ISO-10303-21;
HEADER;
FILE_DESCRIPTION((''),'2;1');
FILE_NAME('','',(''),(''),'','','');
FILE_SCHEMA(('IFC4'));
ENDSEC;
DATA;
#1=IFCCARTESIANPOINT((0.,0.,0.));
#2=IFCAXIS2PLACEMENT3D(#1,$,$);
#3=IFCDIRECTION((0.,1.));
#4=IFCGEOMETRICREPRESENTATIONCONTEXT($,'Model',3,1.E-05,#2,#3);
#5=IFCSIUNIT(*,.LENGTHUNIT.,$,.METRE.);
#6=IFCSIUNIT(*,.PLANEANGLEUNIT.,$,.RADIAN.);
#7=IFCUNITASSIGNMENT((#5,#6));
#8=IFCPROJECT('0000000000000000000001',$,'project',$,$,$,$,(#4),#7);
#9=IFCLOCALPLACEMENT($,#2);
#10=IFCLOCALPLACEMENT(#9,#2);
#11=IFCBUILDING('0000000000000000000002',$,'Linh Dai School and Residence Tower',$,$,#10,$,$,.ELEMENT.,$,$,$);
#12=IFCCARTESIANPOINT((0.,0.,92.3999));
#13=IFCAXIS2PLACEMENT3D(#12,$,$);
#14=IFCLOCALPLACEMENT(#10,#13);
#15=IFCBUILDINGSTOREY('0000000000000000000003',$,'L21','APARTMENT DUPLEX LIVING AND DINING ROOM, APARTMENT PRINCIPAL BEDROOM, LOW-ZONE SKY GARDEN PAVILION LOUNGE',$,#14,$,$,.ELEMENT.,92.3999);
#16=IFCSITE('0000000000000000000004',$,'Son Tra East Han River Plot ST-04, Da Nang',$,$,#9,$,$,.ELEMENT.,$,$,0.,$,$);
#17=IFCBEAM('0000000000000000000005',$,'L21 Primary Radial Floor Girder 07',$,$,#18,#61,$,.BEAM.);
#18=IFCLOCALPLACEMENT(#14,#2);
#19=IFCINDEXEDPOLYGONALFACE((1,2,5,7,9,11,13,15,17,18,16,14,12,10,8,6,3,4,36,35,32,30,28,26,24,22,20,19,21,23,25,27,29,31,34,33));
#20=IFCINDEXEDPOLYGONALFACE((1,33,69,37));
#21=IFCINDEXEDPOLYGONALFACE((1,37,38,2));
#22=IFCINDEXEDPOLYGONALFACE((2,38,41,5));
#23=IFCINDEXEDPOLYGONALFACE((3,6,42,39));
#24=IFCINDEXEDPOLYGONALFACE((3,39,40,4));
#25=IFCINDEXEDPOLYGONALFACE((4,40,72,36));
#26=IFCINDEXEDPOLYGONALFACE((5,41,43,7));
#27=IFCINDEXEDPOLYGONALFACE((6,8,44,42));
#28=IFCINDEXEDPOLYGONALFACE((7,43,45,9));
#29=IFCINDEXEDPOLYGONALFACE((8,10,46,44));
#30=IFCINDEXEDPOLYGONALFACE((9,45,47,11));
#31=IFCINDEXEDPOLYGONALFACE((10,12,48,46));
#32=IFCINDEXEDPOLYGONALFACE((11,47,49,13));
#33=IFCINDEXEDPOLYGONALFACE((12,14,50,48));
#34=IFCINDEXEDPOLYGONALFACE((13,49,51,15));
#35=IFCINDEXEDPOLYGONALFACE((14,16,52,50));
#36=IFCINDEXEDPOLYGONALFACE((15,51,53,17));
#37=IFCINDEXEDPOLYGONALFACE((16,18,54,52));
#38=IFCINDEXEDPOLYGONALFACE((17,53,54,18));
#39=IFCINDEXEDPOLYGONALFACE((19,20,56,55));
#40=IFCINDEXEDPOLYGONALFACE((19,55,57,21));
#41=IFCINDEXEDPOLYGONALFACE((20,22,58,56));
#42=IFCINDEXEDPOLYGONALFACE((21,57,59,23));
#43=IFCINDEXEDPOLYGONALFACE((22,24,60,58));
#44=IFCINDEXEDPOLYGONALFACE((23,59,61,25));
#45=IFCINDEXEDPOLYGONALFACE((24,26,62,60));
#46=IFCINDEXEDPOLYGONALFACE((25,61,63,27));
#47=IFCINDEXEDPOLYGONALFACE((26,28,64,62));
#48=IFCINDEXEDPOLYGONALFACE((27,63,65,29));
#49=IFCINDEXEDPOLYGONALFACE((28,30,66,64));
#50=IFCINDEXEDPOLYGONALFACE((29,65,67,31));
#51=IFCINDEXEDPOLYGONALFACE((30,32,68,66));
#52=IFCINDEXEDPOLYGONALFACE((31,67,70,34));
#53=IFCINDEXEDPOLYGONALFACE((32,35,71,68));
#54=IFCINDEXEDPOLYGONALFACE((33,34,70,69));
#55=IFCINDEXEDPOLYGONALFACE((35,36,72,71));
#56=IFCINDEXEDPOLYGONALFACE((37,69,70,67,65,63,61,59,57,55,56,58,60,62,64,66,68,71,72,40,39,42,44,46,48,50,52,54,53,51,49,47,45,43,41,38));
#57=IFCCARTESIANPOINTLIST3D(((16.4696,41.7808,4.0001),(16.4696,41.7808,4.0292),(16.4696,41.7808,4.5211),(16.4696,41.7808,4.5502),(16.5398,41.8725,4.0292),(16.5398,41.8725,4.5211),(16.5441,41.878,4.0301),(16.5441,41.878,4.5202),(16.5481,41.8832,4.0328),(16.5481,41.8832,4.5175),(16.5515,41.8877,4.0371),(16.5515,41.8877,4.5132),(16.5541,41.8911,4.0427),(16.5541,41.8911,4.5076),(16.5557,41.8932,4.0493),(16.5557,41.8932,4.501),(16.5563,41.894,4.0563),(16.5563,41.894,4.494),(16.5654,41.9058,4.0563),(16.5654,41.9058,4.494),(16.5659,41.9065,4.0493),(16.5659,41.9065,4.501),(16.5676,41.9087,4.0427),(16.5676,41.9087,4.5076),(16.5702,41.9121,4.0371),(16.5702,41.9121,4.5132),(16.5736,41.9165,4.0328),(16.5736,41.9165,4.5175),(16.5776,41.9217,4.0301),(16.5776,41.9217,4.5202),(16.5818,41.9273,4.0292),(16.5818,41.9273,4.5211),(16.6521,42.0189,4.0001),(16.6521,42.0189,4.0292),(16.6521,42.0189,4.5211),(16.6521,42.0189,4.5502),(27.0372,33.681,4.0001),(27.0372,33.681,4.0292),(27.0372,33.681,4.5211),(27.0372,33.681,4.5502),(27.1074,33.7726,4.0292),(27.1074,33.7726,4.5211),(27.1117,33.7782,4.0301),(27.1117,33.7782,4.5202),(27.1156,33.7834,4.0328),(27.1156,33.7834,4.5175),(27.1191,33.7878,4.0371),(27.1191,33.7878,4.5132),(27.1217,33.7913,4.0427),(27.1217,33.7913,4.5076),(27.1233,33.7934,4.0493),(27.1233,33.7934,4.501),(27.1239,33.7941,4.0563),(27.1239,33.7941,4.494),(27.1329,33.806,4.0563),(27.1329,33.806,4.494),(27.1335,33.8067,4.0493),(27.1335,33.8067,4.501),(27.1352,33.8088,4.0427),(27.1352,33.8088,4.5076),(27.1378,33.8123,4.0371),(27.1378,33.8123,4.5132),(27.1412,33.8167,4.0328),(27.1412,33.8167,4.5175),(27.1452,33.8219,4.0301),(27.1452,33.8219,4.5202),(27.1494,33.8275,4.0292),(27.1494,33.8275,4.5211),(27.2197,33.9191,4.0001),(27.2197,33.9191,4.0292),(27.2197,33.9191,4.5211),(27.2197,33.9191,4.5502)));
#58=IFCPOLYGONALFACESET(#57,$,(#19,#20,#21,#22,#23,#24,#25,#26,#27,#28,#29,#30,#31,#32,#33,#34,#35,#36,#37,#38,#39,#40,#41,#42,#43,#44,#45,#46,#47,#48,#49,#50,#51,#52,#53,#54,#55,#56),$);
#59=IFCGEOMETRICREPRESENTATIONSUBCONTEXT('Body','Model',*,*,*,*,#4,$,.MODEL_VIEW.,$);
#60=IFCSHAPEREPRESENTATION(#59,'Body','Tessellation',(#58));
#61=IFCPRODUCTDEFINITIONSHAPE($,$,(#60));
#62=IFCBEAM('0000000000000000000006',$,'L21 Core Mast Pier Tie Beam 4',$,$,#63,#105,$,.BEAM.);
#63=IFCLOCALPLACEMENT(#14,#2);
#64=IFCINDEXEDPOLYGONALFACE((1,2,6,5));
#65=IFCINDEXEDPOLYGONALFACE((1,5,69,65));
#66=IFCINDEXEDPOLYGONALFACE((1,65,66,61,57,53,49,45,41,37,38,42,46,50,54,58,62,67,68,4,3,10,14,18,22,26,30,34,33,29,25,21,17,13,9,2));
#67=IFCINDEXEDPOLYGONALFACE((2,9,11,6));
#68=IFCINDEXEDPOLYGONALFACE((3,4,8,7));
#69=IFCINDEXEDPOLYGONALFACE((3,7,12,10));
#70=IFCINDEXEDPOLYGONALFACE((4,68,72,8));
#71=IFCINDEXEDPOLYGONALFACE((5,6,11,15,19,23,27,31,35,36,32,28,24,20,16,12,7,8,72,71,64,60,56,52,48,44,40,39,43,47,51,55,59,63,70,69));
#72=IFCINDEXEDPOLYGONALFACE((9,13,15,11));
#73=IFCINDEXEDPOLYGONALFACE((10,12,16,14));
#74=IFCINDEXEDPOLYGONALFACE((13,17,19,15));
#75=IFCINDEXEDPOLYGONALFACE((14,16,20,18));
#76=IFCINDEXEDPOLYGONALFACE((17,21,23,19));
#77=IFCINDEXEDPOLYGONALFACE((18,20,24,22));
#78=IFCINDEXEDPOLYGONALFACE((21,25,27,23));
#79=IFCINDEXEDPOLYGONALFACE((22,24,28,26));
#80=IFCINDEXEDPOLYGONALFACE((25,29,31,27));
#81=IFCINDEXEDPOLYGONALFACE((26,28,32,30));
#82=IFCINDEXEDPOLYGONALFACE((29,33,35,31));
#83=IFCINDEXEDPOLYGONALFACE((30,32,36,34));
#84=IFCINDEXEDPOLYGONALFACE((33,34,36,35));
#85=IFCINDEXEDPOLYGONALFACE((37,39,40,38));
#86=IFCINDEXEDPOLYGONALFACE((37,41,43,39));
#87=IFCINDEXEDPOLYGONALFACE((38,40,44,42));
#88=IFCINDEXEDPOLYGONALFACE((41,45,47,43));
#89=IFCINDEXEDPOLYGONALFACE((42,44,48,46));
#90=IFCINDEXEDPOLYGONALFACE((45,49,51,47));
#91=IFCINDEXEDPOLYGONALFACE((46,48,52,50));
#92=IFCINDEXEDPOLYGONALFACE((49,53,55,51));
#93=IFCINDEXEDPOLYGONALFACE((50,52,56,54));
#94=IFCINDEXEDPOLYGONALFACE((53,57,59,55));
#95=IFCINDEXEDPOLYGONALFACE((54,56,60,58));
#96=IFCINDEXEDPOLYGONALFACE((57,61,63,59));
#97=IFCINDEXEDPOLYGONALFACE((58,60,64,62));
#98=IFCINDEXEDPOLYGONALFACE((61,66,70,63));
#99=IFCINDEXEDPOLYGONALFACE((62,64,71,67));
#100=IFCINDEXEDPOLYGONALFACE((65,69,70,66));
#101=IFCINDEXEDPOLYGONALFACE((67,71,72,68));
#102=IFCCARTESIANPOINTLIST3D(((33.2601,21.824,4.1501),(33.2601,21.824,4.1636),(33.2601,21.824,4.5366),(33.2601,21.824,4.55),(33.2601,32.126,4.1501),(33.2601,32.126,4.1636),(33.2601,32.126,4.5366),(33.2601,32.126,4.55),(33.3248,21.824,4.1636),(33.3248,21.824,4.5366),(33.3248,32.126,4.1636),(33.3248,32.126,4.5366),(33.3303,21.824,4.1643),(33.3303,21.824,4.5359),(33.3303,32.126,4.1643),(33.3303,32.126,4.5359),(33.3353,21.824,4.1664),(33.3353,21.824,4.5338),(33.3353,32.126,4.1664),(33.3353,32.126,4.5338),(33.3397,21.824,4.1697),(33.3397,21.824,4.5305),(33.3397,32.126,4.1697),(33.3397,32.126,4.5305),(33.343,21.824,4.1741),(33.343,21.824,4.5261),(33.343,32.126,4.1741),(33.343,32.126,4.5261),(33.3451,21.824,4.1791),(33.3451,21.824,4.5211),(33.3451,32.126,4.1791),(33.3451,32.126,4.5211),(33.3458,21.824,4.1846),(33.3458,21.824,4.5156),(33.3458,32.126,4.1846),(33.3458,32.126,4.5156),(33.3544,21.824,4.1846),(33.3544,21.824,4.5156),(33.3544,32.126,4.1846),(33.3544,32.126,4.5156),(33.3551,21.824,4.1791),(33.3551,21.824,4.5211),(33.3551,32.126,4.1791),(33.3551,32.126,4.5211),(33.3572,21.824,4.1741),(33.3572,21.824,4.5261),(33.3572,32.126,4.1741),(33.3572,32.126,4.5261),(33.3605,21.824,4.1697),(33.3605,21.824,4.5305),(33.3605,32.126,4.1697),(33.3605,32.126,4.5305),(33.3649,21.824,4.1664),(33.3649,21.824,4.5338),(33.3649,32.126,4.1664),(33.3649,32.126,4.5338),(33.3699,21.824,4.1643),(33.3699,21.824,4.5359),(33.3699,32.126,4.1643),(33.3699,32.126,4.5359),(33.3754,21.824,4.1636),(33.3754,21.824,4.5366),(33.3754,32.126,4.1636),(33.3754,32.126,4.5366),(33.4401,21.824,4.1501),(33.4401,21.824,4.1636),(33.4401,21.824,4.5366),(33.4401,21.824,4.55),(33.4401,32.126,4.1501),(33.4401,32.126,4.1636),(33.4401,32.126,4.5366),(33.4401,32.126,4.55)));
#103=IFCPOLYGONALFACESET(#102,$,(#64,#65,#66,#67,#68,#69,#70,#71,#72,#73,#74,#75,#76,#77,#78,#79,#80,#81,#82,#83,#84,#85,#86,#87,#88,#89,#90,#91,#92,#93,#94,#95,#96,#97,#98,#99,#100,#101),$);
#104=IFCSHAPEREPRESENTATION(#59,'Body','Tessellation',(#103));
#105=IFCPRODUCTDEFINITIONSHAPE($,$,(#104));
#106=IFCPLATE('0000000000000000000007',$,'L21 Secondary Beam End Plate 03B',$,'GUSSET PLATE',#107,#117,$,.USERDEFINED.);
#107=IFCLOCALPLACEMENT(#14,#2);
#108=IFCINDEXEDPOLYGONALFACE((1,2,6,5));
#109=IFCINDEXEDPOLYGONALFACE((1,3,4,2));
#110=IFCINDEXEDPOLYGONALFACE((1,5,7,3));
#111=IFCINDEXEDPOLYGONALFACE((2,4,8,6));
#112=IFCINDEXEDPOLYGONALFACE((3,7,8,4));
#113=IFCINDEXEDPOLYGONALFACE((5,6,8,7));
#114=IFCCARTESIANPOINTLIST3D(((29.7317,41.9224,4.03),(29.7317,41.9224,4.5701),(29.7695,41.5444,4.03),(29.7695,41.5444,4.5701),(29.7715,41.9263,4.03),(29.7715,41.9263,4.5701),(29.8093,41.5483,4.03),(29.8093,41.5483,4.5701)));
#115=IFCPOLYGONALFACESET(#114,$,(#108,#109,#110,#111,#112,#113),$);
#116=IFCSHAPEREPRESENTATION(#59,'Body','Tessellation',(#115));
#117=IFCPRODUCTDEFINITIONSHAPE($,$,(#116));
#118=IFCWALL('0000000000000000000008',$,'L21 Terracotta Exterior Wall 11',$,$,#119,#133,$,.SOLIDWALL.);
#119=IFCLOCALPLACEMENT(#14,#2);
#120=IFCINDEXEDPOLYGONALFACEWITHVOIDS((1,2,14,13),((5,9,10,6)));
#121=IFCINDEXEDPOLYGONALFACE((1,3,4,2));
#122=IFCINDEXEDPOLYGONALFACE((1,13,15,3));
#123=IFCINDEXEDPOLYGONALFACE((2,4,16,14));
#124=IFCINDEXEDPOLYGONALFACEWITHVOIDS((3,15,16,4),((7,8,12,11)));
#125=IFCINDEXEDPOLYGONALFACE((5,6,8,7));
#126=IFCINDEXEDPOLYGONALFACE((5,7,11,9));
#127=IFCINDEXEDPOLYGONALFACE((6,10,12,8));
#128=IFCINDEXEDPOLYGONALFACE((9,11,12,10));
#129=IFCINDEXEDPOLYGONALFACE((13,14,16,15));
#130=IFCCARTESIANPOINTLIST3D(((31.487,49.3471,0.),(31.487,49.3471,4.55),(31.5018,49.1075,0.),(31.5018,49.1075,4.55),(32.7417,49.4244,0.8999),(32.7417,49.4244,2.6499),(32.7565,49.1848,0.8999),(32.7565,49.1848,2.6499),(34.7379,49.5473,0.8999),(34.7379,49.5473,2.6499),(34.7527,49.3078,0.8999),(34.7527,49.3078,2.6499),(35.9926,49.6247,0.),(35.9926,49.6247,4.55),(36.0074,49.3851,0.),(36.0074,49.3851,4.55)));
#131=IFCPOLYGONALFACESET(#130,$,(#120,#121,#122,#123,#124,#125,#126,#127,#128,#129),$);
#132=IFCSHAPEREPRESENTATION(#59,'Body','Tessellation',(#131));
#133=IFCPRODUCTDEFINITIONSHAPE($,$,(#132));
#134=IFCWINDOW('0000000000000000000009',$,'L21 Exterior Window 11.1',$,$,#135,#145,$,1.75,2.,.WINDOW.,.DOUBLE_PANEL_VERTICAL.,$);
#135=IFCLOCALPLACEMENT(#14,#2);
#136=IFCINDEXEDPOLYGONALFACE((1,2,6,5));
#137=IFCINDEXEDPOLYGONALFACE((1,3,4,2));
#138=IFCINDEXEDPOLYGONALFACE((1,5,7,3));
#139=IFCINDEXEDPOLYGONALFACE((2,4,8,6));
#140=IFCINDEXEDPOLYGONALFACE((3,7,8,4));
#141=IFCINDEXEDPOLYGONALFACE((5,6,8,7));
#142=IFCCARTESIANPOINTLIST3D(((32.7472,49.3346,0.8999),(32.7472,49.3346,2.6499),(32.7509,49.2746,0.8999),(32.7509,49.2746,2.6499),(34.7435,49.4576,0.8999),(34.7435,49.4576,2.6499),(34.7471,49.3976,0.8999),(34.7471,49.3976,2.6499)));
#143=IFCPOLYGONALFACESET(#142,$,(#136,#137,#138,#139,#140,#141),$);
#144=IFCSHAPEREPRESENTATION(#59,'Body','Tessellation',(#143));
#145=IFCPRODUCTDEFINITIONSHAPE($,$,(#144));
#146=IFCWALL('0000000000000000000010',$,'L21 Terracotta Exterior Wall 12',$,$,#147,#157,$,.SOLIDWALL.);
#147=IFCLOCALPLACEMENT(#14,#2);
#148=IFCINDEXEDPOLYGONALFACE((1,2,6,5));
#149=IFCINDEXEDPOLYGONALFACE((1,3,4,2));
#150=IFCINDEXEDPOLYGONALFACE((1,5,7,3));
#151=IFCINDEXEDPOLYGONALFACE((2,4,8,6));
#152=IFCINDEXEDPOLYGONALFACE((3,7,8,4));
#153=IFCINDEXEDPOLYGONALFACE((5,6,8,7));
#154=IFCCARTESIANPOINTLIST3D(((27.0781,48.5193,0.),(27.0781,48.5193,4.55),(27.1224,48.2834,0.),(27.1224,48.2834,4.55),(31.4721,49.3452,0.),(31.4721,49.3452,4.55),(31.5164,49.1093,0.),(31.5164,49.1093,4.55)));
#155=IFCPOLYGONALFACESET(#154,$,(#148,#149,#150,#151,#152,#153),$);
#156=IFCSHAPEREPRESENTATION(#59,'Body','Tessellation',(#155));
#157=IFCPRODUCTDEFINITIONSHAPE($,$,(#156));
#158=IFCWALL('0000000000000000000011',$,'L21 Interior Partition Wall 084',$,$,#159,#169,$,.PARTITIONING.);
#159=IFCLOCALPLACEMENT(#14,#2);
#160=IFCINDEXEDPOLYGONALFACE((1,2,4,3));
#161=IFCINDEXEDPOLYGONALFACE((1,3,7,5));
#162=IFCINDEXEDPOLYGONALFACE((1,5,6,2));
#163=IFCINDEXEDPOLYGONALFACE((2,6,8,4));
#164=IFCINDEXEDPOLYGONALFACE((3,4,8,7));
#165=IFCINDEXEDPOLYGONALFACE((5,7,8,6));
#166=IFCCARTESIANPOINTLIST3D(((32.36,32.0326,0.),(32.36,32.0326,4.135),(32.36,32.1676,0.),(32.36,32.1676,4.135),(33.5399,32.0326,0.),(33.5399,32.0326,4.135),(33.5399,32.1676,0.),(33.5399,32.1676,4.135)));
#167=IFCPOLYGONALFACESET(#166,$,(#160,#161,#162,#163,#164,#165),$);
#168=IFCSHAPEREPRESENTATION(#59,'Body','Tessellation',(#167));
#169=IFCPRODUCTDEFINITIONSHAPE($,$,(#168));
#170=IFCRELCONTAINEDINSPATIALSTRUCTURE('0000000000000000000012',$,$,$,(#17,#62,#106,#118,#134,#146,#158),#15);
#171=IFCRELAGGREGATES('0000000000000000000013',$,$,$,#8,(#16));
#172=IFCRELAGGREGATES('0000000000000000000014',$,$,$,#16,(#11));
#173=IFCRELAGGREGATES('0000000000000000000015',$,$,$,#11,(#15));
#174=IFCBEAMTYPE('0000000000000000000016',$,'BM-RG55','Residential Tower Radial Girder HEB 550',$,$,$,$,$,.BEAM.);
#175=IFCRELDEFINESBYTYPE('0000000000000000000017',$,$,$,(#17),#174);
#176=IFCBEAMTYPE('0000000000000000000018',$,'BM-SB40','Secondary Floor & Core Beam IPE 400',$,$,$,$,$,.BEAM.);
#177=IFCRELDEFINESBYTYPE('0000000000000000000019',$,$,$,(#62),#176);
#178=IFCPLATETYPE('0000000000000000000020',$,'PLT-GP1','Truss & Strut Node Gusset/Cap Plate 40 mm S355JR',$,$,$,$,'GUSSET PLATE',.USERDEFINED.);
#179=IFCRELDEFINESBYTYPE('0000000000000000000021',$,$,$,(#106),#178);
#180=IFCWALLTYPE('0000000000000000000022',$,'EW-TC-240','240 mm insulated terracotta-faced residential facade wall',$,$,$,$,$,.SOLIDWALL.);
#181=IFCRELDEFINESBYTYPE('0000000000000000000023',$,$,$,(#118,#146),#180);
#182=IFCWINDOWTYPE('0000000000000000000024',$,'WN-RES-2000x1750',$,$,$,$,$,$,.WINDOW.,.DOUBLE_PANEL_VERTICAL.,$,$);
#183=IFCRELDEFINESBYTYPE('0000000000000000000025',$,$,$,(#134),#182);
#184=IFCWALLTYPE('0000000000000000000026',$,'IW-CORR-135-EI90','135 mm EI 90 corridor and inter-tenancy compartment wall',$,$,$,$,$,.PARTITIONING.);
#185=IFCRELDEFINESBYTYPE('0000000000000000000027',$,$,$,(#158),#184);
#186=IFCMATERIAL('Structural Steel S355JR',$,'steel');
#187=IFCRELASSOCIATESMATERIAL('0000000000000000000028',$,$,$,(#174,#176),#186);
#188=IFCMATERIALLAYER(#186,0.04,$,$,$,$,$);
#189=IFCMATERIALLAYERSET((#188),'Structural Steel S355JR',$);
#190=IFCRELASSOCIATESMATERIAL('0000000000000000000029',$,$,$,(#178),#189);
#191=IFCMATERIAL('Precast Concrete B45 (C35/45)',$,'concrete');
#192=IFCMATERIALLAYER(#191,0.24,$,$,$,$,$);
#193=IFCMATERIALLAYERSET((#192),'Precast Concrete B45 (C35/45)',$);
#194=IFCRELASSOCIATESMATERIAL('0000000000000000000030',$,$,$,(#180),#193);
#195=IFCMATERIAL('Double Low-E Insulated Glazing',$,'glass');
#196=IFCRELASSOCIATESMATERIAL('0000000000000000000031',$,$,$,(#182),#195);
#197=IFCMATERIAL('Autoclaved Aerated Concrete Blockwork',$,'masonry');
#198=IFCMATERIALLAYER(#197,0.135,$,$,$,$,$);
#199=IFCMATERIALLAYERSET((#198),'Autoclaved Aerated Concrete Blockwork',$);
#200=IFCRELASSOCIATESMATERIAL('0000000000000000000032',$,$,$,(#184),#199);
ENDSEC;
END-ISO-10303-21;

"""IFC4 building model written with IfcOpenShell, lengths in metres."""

from ifc_helpers import new_model, si_unit, direction, frame, frame_2d, origin, origin_2d, place, context, subcontext, project, spatial, rectangle, i_section, extrude, source, transform, mapped, material, layer, layer_set, material_profile, profile_set, type_object, element, fill, save


model = new_model("IFC4")

# Units and contexts
model_context = context("Model", 3, precision=1e-05, world=origin(), true_north=direction((0.0, 1.0)))
body_context = subcontext(model_context, "Body", "Model", "MODEL_VIEW")
ifc_project = project(units=[si_unit("LENGTHUNIT", "METRE"), si_unit("PLANEANGLEUNIT", "RADIAN")], contexts=[model_context])

# Site, building, storey
site_placement = place(None, origin())
site = spatial("IfcSite", under=ifc_project, at=site_placement, Name="Son Tra East Han River Plot ST-04, Da Nang", CompositionType="ELEMENT", RefElevation=0.0)
building_placement = place(site_placement, origin())
building = spatial("IfcBuilding", under=site, at=building_placement, Name="Linh Dai School and Residence Tower", CompositionType="ELEMENT")
storey_placement = place(building_placement, frame((0.0, 0.0, 92.3999)))
storey = spatial("IfcBuildingStorey", under=building, at=storey_placement, Name="L21", Description="APARTMENT DUPLEX LIVING AND DINING ROOM, APARTMENT PRINCIPAL BEDROOM, LOW-ZONE SKY GARDEN PAVILION LOUNGE", CompositionType="ELEMENT", Elevation=92.3999)

# Shared definitions
ifc_material_1 = material(Name="Structural Steel S355JR", Category="steel")

# Beams
ifc_material_profile_1 = material_profile(ifc_material_1, i_section(OverallWidth=0.3, OverallDepth=0.55, WebThickness=0.0149, FlangeThickness=0.0291, FilletRadius=0.0271, at=origin_2d()), Name="HEB 550")
ifc_profile_set_1 = profile_set([ifc_material_profile_1], Name="Structural Steel S355JR")
beam_type_1 = type_object("IfcBeamType", Name="BM-RG55", Description="Residential Tower Radial Girder HEB 550", PredefinedType="BEAM", material=ifc_profile_set_1)
beam_1_placement = place(storey_placement, frame((27.1284, 33.8, 4.2751), z_axis=(-0.793679, 0.608337, 0.0), x_axis=(-0.608337, -0.793679, 0.0)))
element("IfcBeam", 1, at=beam_1_placement, inside=storey, type_object=beam_type_1, Name="L21 Primary Radial Floor Girder 07", PredefinedType="BEAM", context=body_context, shape_type="SweptSolid", body=[
    extrude(i_section(OverallWidth=0.3, OverallDepth=0.55, WebThickness=0.0149, FlangeThickness=0.0291, FilletRadius=0.0271, at=origin_2d()), origin(), (0.0, 0.0, 1.0), 13.3147),
])
ifc_material_profile_2 = material_profile(ifc_material_1, i_section(OverallWidth=0.1799, OverallDepth=0.3999, WebThickness=0.0085, FlangeThickness=0.0134, FilletRadius=0.021, at=origin_2d()), Name="IPE 400")
ifc_profile_set_2 = profile_set([ifc_material_profile_2], Name="Structural Steel S355JR")
beam_type_2 = type_object("IfcBeamType", Name="BM-SB40", Description="Secondary Floor & Core Beam IPE 400", PredefinedType="BEAM", material=ifc_profile_set_2)
beam_2_placement = place(storey_placement, frame((33.3501, 32.126, 4.3501), z_axis=(0.0, -1.0, 0.0), x_axis=(1.0, 0.0, 0.0)))
element("IfcBeam", 2, at=beam_2_placement, inside=storey, type_object=beam_type_2, Name="L21 Core Mast Pier Tie Beam 4", PredefinedType="BEAM", context=body_context, shape_type="SweptSolid", body=[
    extrude(i_section(OverallWidth=0.1799, OverallDepth=0.3999, WebThickness=0.0085, FlangeThickness=0.0134, FilletRadius=0.021, at=origin_2d()), origin(), (0.0, 0.0, 1.0), 10.302),
])

# Plate
ifc_layer_1 = layer(ifc_material_1, 0.04)
ifc_layer_set_1 = layer_set([ifc_layer_1], Name="Structural Steel S355JR")
plate_type = type_object("IfcPlateType", Name="PLT-GP1", Description="Truss & Strut Node Gusset/Cap Plate 40 mm S355JR", ElementType="GUSSET PLATE", PredefinedType="USERDEFINED", material=ifc_layer_set_1)
shared_shape_1 = source(origin(), body_context, "Body", "SweptSolid", [
    extrude(rectangle(XDim=0.04, YDim=0.3799, at=origin_2d()), origin(), (0.0, 0.0, 1.0), 0.54),
])
plate_placement = place(storey_placement, frame((29.7705, 41.7354, 4.03), z_axis=(0.0, 0.0, 1.0), x_axis=(-0.995042, -0.099458, 0.0)))
element("IfcPlate", 3, at=plate_placement, inside=storey, type_object=plate_type, Name="L21 Secondary Beam End Plate 03B", ObjectType="GUSSET PLATE", PredefinedType="USERDEFINED", context=body_context, shape_type="MappedRepresentation", body=[
    mapped(shared_shape_1, transform((0.0, 0.0, 0.0), x_axis=(1.0, 0.0, 0.0), y_axis=(0.0, 1.0, 0.0), z_axis=(0.0, 0.0, 1.0), scale=1.0)),
])

# Wall, opening, window
ifc_material_2 = material(Name="Precast Concrete B45 (C35/45)", Category="concrete")
ifc_layer_2 = layer(ifc_material_2, 0.24)
ifc_layer_set_2 = layer_set([ifc_layer_2], Name="Precast Concrete B45 (C35/45)")
wall_type_1 = type_object("IfcWallType", Name="EW-TC-240", Description="240 mm insulated terracotta-faced residential facade wall", PredefinedType="SOLIDWALL", material=ifc_layer_set_2)
wall_1_placement = place(storey_placement, frame((31.4944, 49.2273, 0.0), z_axis=(0.0, 0.0, 1.0), x_axis=(0.998108, 0.061493, 0.0)))
wall_1 = element("IfcWall", 4, at=wall_1_placement, inside=storey, type_object=wall_type_1, Name="L21 Terracotta Exterior Wall 11", PredefinedType="SOLIDWALL", context=body_context, shape_type="SweptSolid", body=[
    extrude(rectangle(XDim=4.5142, YDim=0.24, at=frame_2d((2.2571, 0.0))), origin(), (0.0, 0.0, 1.0), 4.55),
])
opening_1_placement = place(wall_1_placement, frame((1.2571, 0.0, 0.8999)))
opening_1 = element("IfcOpeningElement", 5, at=opening_1_placement, cuts=wall_1, PredefinedType="OPENING", context=body_context, shape_type="SweptSolid", body=[
    extrude(rectangle(XDim=2.0, YDim=1.75, at=origin_2d()), frame((1.0, 0.1299, 0.875), z_axis=(0.0, -1.0, 0.0), x_axis=(1.0, 0.0, 0.0)), (0.0, 0.0, 1.0), 0.26),
])
ifc_material_3 = material(Name="Double Low-E Insulated Glazing", Category="glass")
window_type = type_object("IfcWindowType", Name="WN-RES-2000x1750", PartitioningType="DOUBLE_PANEL_VERTICAL", PredefinedType="WINDOW", material=ifc_material_3)
shared_shape_2 = source(origin(), body_context, "Body", "SweptSolid", [
    extrude(rectangle(XDim=2.0, YDim=1.75, at=origin_2d()), frame((1.0, 0.03, 0.875), z_axis=(0.0, -1.0, 0.0), x_axis=(1.0, 0.0, 0.0)), (0.0, 0.0, 1.0), 0.0601),
])
window_placement = place(opening_1_placement, origin())
window = element("IfcWindow", 6, at=window_placement, inside=storey, type_object=window_type, Name="L21 Exterior Window 11.1", OverallHeight=1.75, OverallWidth=2.0, PartitioningType="DOUBLE_PANEL_VERTICAL", PredefinedType="WINDOW", context=body_context, shape_type="MappedRepresentation", body=[
    mapped(shared_shape_2, transform((0.0, 0.0, 0.0), x_axis=(1.0, 0.0, 0.0), y_axis=(0.0, 1.0, 0.0), z_axis=(0.0, 0.0, 1.0), scale=1.0)),
])
fill(opening_1, window)

# Walls
wall_2_placement = place(storey_placement, frame((27.1003, 48.4014, 0.0), z_axis=(0.0, 0.0, 1.0), x_axis=(0.982789, 0.18473, 0.0)))
element("IfcWall", 7, at=wall_2_placement, inside=storey, type_object=wall_type_1, Name="L21 Terracotta Exterior Wall 12", PredefinedType="SOLIDWALL", context=body_context, shape_type="SweptSolid", body=[
    extrude(rectangle(XDim=4.4709, YDim=0.24, at=frame_2d((2.2354, 0.0))), origin(), (0.0, 0.0, 1.0), 4.55),
])
ifc_material_4 = material(Name="Autoclaved Aerated Concrete Blockwork", Category="masonry")
ifc_layer_3 = layer(ifc_material_4, 0.135)
ifc_layer_set_3 = layer_set([ifc_layer_3], Name="Autoclaved Aerated Concrete Blockwork")
wall_type_2 = type_object("IfcWallType", Name="IW-CORR-135-EI90", Description="135 mm EI 90 corridor and inter-tenancy compartment wall", PredefinedType="PARTITIONING", material=ifc_layer_set_3)
wall_3_placement = place(storey_placement, frame((32.3601, 32.1001, 0.0), z_axis=(0.0, 0.0, 1.0), x_axis=(1.0, 0.0, 0.0)))
element("IfcWall", 8, at=wall_3_placement, inside=storey, type_object=wall_type_2, Name="L21 Interior Partition Wall 084", PredefinedType="PARTITIONING", context=body_context, shape_type="SweptSolid", body=[
    extrude(rectangle(XDim=1.1799, YDim=0.135, at=frame_2d((0.5898, 0.0))), origin(), (0.0, 0.0, 1.0), 4.135),
])

save(model, "model.ifc")
